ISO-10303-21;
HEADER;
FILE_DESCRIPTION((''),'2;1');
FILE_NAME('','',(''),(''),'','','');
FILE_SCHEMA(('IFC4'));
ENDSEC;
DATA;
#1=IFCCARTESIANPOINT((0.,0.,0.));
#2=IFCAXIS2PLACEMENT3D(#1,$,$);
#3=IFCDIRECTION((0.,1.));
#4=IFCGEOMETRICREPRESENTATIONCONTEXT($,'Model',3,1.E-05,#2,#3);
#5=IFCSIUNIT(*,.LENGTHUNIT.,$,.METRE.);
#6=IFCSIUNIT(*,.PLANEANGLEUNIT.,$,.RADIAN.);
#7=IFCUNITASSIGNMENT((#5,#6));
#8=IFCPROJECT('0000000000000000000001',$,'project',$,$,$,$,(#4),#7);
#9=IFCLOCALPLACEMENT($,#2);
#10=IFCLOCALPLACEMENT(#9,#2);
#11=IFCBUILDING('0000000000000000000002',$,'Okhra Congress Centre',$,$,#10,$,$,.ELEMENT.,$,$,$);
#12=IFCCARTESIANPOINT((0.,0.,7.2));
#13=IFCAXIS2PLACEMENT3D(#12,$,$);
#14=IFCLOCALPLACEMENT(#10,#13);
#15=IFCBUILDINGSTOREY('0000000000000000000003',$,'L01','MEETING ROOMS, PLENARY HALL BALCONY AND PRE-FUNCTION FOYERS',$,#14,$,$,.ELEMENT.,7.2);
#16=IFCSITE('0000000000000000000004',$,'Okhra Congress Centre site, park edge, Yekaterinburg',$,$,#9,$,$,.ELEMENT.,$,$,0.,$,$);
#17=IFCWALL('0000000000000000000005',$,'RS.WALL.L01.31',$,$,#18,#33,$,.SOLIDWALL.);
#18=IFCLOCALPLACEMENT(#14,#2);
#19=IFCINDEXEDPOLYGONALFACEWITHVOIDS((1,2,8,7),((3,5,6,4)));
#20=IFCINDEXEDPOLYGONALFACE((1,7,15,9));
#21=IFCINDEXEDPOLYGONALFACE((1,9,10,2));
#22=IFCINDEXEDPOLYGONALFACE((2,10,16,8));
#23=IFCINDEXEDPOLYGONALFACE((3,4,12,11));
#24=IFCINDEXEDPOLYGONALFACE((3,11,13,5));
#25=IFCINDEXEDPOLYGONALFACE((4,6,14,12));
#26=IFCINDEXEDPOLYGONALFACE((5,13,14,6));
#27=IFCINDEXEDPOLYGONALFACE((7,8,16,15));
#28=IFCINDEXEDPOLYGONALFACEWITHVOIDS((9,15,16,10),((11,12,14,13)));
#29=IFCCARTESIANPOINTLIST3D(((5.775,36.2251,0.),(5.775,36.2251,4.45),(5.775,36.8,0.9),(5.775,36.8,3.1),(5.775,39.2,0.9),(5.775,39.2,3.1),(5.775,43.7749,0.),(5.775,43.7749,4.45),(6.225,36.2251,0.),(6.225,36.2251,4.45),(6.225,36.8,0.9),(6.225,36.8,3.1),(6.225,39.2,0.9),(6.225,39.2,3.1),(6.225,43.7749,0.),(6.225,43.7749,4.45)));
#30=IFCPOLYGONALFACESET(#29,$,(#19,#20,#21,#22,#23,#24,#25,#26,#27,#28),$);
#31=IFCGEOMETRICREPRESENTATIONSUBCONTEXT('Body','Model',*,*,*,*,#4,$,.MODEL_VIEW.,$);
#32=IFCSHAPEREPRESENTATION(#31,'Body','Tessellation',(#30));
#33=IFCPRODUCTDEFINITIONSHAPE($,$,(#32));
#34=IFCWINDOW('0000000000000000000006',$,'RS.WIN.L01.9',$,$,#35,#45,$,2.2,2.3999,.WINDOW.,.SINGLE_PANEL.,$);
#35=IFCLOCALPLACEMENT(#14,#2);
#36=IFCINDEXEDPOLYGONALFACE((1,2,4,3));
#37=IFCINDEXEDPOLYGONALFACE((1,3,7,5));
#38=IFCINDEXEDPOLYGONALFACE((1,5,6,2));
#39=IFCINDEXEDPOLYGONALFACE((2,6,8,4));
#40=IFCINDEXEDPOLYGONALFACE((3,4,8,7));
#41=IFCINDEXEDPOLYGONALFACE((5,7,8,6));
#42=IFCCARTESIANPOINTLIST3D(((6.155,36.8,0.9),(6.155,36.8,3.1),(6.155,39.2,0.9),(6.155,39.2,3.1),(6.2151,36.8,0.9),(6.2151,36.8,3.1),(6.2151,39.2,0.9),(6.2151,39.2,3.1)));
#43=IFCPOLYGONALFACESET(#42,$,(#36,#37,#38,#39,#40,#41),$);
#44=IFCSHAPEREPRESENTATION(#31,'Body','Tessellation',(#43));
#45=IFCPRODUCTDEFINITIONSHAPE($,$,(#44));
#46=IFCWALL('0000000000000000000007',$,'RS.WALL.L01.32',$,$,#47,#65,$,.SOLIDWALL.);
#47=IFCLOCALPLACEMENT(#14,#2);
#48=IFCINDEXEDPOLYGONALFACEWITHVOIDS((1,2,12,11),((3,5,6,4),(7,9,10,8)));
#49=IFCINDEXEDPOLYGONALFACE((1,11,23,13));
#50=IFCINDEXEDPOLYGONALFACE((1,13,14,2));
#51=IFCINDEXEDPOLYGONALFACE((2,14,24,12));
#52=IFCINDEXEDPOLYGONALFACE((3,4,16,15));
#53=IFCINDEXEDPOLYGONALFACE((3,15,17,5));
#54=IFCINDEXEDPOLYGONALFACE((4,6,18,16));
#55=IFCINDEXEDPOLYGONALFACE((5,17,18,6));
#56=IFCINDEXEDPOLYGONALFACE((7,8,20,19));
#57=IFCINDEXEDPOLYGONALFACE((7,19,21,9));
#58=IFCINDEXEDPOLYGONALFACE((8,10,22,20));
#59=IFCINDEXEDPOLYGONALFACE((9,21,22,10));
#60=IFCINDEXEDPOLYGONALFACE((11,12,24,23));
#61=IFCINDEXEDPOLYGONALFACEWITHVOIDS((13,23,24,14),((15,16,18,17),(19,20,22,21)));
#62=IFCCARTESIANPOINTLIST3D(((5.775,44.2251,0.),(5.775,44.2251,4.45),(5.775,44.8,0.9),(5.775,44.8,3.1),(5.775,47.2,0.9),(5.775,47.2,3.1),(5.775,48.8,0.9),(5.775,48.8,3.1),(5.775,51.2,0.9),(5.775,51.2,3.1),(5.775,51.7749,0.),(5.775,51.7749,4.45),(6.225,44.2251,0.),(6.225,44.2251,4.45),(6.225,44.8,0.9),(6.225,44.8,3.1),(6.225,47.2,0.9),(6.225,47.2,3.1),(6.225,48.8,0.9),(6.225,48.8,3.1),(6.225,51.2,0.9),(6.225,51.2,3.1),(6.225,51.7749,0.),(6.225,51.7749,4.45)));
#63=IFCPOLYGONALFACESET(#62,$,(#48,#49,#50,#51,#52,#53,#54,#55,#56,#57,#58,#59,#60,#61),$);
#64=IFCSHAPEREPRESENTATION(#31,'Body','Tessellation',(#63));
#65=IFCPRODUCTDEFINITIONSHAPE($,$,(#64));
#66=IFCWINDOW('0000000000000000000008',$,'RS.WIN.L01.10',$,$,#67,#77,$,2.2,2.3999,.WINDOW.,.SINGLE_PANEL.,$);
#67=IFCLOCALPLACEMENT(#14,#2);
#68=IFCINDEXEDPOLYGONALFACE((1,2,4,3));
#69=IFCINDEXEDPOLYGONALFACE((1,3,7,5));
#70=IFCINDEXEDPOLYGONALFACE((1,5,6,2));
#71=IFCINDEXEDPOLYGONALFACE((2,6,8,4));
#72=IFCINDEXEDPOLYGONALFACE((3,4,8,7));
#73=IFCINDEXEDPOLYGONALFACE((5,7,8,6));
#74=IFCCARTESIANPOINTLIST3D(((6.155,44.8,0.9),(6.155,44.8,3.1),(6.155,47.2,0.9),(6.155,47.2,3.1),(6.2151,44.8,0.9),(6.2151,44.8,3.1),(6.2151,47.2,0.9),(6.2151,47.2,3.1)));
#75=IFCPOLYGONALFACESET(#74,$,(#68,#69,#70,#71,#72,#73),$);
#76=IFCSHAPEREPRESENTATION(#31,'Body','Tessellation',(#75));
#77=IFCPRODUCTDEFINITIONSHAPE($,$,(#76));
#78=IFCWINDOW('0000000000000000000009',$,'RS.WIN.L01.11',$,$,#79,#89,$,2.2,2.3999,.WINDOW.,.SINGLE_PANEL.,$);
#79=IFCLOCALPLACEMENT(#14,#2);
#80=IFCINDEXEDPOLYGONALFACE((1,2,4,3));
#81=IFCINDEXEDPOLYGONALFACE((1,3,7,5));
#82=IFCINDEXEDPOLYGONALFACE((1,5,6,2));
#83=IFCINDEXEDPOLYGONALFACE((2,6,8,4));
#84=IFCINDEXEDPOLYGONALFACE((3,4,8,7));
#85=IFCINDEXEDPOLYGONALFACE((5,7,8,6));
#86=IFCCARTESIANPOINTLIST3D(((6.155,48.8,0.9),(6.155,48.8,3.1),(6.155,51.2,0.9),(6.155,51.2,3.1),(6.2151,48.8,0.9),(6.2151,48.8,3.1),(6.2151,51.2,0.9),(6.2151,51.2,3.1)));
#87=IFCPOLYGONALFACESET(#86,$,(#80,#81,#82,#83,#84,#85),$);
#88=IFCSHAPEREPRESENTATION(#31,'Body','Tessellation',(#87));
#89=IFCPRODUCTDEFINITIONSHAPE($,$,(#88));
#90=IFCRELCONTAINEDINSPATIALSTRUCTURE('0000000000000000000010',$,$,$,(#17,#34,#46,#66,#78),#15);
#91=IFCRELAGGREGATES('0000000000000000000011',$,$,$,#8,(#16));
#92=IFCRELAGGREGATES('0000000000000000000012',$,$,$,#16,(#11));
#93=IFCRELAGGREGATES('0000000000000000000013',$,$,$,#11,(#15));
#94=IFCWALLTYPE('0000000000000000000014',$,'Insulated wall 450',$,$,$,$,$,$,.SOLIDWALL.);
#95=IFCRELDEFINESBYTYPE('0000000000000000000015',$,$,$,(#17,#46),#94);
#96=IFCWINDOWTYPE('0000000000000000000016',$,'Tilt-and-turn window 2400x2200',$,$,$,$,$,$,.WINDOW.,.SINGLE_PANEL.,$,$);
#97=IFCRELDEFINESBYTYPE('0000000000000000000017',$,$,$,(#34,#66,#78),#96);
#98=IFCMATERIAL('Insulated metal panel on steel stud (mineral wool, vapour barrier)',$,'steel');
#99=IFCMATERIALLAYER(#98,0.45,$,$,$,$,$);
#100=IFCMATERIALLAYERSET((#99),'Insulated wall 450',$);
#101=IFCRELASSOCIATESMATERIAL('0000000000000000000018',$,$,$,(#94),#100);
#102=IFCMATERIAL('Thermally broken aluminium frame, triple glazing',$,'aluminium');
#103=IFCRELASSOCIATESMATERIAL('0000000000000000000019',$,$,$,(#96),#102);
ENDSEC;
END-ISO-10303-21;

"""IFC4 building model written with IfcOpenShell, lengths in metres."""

from ifc_helpers import new_model, si_unit, direction, frame, frame_2d, origin, place, context, subcontext, project, spatial, rectangle, extrude, material, layer, layer_set, type_object, element, fill, save


model = new_model("IFC4")

# Units and contexts
model_context = context("Model", 3, precision=1e-05, world=origin(), true_north=direction((0.0, 1.0)))
body_context = subcontext(model_context, "Body", "Model", "MODEL_VIEW")
ifc_project = project(units=[si_unit("LENGTHUNIT", "METRE"), si_unit("PLANEANGLEUNIT", "RADIAN")], contexts=[model_context])

# Site, building, storey
site_placement = place(None, origin())
site = spatial("IfcSite", under=ifc_project, at=site_placement, Name="Okhra Congress Centre site, park edge, Yekaterinburg", CompositionType="ELEMENT", RefElevation=0.0)
building_placement = place(site_placement, origin())
building = spatial("IfcBuilding", under=site, at=building_placement, Name="Okhra Congress Centre", CompositionType="ELEMENT")
storey_placement = place(building_placement, frame((0.0, 0.0, 7.2)))
storey = spatial("IfcBuildingStorey", under=building, at=storey_placement, Name="L01", Description="MEETING ROOMS, PLENARY HALL BALCONY AND PRE-FUNCTION FOYERS", CompositionType="ELEMENT", Elevation=7.2)

# Shared definitions
ifc_material_1 = material(Name="Insulated metal panel on steel stud (mineral wool, vapour barrier)", Category="steel")
ifc_layer_1 = layer(ifc_material_1, 0.45)
ifc_layer_set_1 = layer_set([ifc_layer_1], Name="Insulated wall 450")
wall_type_1 = type_object("IfcWallType", Name="Insulated wall 450", PredefinedType="SOLIDWALL", material=ifc_layer_set_1)
ifc_material_2 = material(Name="Thermally broken aluminium frame, triple glazing", Category="aluminium")
window_type = type_object("IfcWindowType", Name="Tilt-and-turn window 2400x2200", PartitioningType="SINGLE_PANEL", PredefinedType="WINDOW", material=ifc_material_2)

# Wall, opening, window
wall_1_placement = place(storey_placement, frame((6.0, 43.7749, 0.0), z_axis=(0.0, 0.0, 1.0), x_axis=(0.0, -1.0, 0.0)))
wall_1 = element("IfcWall", 1, at=wall_1_placement, inside=storey, type_object=wall_type_1, Name="RS.WALL.L01.31", PredefinedType="SOLIDWALL", context=body_context, shape_type="SweptSolid", body=[
    extrude(rectangle(XDim=7.5498, YDim=0.45, at=frame_2d((3.7749, 0.0))), origin(), (0.0, 0.0, 1.0), 4.45),
])
opening_1_placement = place(wall_1_placement, frame((4.575, 0.0, 0.8999)))
opening_1 = element("IfcOpeningElement", 2, at=opening_1_placement, cuts=wall_1, PredefinedType="OPENING", context=body_context, shape_type="SweptSolid", body=[
    extrude(rectangle(XDim=2.3999, YDim=2.2, at=frame_2d((1.2, 1.1001))), frame((0.0, 0.2349, 0.0), z_axis=(0.0, -1.0, 0.0), x_axis=(1.0, 0.0, 0.0)), (0.0, 0.0, 1.0), 0.47),
])
window_1_placement = place(opening_1_placement, origin())
window_1 = element("IfcWindow", 3, at=window_1_placement, inside=storey, type_object=window_type, Name="RS.WIN.L01.9", OverallHeight=2.2, OverallWidth=2.3999, PartitioningType="SINGLE_PANEL", PredefinedType="WINDOW", context=body_context, shape_type="SweptSolid", body=[
    extrude(rectangle(XDim=2.3999, YDim=2.2, at=frame_2d((1.2, 1.1001))), frame((0.0, 0.2151, 0.0), z_axis=(0.0, -1.0, 0.0), x_axis=(1.0, 0.0, 0.0)), (0.0, 0.0, 1.0), 0.0601),
])
fill(opening_1, window_1)

# Wall, openings, windows
wall_2_placement = place(storey_placement, frame((6.0, 51.7749, 0.0), z_axis=(0.0, 0.0, 1.0), x_axis=(0.0, -1.0, 0.0)))
wall_2 = element("IfcWall", 4, at=wall_2_placement, inside=storey, type_object=wall_type_1, Name="RS.WALL.L01.32", PredefinedType="SOLIDWALL", context=body_context, shape_type="SweptSolid", body=[
    extrude(rectangle(XDim=7.5498, YDim=0.45, at=frame_2d((3.7749, 0.0))), origin(), (0.0, 0.0, 1.0), 4.45),
])
opening_2_placement = place(wall_2_placement, frame((4.575, 0.0, 0.8999)))
opening_2 = element("IfcOpeningElement", 5, at=opening_2_placement, cuts=wall_2, PredefinedType="OPENING", context=body_context, shape_type="SweptSolid", body=[
    extrude(rectangle(XDim=2.3999, YDim=2.2, at=frame_2d((1.2, 1.1001))), frame((0.0, 0.2349, 0.0), z_axis=(0.0, -1.0, 0.0), x_axis=(1.0, 0.0, 0.0)), (0.0, 0.0, 1.0), 0.47),
])
opening_3_placement = place(wall_2_placement, frame((0.575, 0.0, 0.8999)))
opening_3 = element("IfcOpeningElement", 6, at=opening_3_placement, cuts=wall_2, PredefinedType="OPENING", context=body_context, shape_type="SweptSolid", body=[
    extrude(rectangle(XDim=2.3999, YDim=2.2, at=frame_2d((1.2, 1.1001))), frame((0.0, 0.2349, 0.0), z_axis=(0.0, -1.0, 0.0), x_axis=(1.0, 0.0, 0.0)), (0.0, 0.0, 1.0), 0.47),
])
window_2_placement = place(opening_2_placement, origin())
window_2 = element("IfcWindow", 7, at=window_2_placement, inside=storey, type_object=window_type, Name="RS.WIN.L01.10", OverallHeight=2.2, OverallWidth=2.3999, PartitioningType="SINGLE_PANEL", PredefinedType="WINDOW", context=body_context, shape_type="SweptSolid", body=[
    extrude(rectangle(XDim=2.3999, YDim=2.2, at=frame_2d((1.2, 1.1001))), frame((0.0, 0.2151, 0.0), z_axis=(0.0, -1.0, 0.0), x_axis=(1.0, 0.0, 0.0)), (0.0, 0.0, 1.0), 0.0601),
])
fill(opening_2, window_2)
window_3_placement = place(opening_3_placement, origin())
window_3 = element("IfcWindow", 8, at=window_3_placement, inside=storey, type_object=window_type, Name="RS.WIN.L01.11", OverallHeight=2.2, OverallWidth=2.3999, PartitioningType="SINGLE_PANEL", PredefinedType="WINDOW", context=body_context, shape_type="SweptSolid", body=[
    extrude(rectangle(XDim=2.3999, YDim=2.2, at=frame_2d((1.2, 1.1001))), frame((0.0, 0.2151, 0.0), z_axis=(0.0, -1.0, 0.0), x_axis=(1.0, 0.0, 0.0)), (0.0, 0.0, 1.0), 0.0601),
])
fill(opening_3, window_3)

save(model, "model.ifc")
